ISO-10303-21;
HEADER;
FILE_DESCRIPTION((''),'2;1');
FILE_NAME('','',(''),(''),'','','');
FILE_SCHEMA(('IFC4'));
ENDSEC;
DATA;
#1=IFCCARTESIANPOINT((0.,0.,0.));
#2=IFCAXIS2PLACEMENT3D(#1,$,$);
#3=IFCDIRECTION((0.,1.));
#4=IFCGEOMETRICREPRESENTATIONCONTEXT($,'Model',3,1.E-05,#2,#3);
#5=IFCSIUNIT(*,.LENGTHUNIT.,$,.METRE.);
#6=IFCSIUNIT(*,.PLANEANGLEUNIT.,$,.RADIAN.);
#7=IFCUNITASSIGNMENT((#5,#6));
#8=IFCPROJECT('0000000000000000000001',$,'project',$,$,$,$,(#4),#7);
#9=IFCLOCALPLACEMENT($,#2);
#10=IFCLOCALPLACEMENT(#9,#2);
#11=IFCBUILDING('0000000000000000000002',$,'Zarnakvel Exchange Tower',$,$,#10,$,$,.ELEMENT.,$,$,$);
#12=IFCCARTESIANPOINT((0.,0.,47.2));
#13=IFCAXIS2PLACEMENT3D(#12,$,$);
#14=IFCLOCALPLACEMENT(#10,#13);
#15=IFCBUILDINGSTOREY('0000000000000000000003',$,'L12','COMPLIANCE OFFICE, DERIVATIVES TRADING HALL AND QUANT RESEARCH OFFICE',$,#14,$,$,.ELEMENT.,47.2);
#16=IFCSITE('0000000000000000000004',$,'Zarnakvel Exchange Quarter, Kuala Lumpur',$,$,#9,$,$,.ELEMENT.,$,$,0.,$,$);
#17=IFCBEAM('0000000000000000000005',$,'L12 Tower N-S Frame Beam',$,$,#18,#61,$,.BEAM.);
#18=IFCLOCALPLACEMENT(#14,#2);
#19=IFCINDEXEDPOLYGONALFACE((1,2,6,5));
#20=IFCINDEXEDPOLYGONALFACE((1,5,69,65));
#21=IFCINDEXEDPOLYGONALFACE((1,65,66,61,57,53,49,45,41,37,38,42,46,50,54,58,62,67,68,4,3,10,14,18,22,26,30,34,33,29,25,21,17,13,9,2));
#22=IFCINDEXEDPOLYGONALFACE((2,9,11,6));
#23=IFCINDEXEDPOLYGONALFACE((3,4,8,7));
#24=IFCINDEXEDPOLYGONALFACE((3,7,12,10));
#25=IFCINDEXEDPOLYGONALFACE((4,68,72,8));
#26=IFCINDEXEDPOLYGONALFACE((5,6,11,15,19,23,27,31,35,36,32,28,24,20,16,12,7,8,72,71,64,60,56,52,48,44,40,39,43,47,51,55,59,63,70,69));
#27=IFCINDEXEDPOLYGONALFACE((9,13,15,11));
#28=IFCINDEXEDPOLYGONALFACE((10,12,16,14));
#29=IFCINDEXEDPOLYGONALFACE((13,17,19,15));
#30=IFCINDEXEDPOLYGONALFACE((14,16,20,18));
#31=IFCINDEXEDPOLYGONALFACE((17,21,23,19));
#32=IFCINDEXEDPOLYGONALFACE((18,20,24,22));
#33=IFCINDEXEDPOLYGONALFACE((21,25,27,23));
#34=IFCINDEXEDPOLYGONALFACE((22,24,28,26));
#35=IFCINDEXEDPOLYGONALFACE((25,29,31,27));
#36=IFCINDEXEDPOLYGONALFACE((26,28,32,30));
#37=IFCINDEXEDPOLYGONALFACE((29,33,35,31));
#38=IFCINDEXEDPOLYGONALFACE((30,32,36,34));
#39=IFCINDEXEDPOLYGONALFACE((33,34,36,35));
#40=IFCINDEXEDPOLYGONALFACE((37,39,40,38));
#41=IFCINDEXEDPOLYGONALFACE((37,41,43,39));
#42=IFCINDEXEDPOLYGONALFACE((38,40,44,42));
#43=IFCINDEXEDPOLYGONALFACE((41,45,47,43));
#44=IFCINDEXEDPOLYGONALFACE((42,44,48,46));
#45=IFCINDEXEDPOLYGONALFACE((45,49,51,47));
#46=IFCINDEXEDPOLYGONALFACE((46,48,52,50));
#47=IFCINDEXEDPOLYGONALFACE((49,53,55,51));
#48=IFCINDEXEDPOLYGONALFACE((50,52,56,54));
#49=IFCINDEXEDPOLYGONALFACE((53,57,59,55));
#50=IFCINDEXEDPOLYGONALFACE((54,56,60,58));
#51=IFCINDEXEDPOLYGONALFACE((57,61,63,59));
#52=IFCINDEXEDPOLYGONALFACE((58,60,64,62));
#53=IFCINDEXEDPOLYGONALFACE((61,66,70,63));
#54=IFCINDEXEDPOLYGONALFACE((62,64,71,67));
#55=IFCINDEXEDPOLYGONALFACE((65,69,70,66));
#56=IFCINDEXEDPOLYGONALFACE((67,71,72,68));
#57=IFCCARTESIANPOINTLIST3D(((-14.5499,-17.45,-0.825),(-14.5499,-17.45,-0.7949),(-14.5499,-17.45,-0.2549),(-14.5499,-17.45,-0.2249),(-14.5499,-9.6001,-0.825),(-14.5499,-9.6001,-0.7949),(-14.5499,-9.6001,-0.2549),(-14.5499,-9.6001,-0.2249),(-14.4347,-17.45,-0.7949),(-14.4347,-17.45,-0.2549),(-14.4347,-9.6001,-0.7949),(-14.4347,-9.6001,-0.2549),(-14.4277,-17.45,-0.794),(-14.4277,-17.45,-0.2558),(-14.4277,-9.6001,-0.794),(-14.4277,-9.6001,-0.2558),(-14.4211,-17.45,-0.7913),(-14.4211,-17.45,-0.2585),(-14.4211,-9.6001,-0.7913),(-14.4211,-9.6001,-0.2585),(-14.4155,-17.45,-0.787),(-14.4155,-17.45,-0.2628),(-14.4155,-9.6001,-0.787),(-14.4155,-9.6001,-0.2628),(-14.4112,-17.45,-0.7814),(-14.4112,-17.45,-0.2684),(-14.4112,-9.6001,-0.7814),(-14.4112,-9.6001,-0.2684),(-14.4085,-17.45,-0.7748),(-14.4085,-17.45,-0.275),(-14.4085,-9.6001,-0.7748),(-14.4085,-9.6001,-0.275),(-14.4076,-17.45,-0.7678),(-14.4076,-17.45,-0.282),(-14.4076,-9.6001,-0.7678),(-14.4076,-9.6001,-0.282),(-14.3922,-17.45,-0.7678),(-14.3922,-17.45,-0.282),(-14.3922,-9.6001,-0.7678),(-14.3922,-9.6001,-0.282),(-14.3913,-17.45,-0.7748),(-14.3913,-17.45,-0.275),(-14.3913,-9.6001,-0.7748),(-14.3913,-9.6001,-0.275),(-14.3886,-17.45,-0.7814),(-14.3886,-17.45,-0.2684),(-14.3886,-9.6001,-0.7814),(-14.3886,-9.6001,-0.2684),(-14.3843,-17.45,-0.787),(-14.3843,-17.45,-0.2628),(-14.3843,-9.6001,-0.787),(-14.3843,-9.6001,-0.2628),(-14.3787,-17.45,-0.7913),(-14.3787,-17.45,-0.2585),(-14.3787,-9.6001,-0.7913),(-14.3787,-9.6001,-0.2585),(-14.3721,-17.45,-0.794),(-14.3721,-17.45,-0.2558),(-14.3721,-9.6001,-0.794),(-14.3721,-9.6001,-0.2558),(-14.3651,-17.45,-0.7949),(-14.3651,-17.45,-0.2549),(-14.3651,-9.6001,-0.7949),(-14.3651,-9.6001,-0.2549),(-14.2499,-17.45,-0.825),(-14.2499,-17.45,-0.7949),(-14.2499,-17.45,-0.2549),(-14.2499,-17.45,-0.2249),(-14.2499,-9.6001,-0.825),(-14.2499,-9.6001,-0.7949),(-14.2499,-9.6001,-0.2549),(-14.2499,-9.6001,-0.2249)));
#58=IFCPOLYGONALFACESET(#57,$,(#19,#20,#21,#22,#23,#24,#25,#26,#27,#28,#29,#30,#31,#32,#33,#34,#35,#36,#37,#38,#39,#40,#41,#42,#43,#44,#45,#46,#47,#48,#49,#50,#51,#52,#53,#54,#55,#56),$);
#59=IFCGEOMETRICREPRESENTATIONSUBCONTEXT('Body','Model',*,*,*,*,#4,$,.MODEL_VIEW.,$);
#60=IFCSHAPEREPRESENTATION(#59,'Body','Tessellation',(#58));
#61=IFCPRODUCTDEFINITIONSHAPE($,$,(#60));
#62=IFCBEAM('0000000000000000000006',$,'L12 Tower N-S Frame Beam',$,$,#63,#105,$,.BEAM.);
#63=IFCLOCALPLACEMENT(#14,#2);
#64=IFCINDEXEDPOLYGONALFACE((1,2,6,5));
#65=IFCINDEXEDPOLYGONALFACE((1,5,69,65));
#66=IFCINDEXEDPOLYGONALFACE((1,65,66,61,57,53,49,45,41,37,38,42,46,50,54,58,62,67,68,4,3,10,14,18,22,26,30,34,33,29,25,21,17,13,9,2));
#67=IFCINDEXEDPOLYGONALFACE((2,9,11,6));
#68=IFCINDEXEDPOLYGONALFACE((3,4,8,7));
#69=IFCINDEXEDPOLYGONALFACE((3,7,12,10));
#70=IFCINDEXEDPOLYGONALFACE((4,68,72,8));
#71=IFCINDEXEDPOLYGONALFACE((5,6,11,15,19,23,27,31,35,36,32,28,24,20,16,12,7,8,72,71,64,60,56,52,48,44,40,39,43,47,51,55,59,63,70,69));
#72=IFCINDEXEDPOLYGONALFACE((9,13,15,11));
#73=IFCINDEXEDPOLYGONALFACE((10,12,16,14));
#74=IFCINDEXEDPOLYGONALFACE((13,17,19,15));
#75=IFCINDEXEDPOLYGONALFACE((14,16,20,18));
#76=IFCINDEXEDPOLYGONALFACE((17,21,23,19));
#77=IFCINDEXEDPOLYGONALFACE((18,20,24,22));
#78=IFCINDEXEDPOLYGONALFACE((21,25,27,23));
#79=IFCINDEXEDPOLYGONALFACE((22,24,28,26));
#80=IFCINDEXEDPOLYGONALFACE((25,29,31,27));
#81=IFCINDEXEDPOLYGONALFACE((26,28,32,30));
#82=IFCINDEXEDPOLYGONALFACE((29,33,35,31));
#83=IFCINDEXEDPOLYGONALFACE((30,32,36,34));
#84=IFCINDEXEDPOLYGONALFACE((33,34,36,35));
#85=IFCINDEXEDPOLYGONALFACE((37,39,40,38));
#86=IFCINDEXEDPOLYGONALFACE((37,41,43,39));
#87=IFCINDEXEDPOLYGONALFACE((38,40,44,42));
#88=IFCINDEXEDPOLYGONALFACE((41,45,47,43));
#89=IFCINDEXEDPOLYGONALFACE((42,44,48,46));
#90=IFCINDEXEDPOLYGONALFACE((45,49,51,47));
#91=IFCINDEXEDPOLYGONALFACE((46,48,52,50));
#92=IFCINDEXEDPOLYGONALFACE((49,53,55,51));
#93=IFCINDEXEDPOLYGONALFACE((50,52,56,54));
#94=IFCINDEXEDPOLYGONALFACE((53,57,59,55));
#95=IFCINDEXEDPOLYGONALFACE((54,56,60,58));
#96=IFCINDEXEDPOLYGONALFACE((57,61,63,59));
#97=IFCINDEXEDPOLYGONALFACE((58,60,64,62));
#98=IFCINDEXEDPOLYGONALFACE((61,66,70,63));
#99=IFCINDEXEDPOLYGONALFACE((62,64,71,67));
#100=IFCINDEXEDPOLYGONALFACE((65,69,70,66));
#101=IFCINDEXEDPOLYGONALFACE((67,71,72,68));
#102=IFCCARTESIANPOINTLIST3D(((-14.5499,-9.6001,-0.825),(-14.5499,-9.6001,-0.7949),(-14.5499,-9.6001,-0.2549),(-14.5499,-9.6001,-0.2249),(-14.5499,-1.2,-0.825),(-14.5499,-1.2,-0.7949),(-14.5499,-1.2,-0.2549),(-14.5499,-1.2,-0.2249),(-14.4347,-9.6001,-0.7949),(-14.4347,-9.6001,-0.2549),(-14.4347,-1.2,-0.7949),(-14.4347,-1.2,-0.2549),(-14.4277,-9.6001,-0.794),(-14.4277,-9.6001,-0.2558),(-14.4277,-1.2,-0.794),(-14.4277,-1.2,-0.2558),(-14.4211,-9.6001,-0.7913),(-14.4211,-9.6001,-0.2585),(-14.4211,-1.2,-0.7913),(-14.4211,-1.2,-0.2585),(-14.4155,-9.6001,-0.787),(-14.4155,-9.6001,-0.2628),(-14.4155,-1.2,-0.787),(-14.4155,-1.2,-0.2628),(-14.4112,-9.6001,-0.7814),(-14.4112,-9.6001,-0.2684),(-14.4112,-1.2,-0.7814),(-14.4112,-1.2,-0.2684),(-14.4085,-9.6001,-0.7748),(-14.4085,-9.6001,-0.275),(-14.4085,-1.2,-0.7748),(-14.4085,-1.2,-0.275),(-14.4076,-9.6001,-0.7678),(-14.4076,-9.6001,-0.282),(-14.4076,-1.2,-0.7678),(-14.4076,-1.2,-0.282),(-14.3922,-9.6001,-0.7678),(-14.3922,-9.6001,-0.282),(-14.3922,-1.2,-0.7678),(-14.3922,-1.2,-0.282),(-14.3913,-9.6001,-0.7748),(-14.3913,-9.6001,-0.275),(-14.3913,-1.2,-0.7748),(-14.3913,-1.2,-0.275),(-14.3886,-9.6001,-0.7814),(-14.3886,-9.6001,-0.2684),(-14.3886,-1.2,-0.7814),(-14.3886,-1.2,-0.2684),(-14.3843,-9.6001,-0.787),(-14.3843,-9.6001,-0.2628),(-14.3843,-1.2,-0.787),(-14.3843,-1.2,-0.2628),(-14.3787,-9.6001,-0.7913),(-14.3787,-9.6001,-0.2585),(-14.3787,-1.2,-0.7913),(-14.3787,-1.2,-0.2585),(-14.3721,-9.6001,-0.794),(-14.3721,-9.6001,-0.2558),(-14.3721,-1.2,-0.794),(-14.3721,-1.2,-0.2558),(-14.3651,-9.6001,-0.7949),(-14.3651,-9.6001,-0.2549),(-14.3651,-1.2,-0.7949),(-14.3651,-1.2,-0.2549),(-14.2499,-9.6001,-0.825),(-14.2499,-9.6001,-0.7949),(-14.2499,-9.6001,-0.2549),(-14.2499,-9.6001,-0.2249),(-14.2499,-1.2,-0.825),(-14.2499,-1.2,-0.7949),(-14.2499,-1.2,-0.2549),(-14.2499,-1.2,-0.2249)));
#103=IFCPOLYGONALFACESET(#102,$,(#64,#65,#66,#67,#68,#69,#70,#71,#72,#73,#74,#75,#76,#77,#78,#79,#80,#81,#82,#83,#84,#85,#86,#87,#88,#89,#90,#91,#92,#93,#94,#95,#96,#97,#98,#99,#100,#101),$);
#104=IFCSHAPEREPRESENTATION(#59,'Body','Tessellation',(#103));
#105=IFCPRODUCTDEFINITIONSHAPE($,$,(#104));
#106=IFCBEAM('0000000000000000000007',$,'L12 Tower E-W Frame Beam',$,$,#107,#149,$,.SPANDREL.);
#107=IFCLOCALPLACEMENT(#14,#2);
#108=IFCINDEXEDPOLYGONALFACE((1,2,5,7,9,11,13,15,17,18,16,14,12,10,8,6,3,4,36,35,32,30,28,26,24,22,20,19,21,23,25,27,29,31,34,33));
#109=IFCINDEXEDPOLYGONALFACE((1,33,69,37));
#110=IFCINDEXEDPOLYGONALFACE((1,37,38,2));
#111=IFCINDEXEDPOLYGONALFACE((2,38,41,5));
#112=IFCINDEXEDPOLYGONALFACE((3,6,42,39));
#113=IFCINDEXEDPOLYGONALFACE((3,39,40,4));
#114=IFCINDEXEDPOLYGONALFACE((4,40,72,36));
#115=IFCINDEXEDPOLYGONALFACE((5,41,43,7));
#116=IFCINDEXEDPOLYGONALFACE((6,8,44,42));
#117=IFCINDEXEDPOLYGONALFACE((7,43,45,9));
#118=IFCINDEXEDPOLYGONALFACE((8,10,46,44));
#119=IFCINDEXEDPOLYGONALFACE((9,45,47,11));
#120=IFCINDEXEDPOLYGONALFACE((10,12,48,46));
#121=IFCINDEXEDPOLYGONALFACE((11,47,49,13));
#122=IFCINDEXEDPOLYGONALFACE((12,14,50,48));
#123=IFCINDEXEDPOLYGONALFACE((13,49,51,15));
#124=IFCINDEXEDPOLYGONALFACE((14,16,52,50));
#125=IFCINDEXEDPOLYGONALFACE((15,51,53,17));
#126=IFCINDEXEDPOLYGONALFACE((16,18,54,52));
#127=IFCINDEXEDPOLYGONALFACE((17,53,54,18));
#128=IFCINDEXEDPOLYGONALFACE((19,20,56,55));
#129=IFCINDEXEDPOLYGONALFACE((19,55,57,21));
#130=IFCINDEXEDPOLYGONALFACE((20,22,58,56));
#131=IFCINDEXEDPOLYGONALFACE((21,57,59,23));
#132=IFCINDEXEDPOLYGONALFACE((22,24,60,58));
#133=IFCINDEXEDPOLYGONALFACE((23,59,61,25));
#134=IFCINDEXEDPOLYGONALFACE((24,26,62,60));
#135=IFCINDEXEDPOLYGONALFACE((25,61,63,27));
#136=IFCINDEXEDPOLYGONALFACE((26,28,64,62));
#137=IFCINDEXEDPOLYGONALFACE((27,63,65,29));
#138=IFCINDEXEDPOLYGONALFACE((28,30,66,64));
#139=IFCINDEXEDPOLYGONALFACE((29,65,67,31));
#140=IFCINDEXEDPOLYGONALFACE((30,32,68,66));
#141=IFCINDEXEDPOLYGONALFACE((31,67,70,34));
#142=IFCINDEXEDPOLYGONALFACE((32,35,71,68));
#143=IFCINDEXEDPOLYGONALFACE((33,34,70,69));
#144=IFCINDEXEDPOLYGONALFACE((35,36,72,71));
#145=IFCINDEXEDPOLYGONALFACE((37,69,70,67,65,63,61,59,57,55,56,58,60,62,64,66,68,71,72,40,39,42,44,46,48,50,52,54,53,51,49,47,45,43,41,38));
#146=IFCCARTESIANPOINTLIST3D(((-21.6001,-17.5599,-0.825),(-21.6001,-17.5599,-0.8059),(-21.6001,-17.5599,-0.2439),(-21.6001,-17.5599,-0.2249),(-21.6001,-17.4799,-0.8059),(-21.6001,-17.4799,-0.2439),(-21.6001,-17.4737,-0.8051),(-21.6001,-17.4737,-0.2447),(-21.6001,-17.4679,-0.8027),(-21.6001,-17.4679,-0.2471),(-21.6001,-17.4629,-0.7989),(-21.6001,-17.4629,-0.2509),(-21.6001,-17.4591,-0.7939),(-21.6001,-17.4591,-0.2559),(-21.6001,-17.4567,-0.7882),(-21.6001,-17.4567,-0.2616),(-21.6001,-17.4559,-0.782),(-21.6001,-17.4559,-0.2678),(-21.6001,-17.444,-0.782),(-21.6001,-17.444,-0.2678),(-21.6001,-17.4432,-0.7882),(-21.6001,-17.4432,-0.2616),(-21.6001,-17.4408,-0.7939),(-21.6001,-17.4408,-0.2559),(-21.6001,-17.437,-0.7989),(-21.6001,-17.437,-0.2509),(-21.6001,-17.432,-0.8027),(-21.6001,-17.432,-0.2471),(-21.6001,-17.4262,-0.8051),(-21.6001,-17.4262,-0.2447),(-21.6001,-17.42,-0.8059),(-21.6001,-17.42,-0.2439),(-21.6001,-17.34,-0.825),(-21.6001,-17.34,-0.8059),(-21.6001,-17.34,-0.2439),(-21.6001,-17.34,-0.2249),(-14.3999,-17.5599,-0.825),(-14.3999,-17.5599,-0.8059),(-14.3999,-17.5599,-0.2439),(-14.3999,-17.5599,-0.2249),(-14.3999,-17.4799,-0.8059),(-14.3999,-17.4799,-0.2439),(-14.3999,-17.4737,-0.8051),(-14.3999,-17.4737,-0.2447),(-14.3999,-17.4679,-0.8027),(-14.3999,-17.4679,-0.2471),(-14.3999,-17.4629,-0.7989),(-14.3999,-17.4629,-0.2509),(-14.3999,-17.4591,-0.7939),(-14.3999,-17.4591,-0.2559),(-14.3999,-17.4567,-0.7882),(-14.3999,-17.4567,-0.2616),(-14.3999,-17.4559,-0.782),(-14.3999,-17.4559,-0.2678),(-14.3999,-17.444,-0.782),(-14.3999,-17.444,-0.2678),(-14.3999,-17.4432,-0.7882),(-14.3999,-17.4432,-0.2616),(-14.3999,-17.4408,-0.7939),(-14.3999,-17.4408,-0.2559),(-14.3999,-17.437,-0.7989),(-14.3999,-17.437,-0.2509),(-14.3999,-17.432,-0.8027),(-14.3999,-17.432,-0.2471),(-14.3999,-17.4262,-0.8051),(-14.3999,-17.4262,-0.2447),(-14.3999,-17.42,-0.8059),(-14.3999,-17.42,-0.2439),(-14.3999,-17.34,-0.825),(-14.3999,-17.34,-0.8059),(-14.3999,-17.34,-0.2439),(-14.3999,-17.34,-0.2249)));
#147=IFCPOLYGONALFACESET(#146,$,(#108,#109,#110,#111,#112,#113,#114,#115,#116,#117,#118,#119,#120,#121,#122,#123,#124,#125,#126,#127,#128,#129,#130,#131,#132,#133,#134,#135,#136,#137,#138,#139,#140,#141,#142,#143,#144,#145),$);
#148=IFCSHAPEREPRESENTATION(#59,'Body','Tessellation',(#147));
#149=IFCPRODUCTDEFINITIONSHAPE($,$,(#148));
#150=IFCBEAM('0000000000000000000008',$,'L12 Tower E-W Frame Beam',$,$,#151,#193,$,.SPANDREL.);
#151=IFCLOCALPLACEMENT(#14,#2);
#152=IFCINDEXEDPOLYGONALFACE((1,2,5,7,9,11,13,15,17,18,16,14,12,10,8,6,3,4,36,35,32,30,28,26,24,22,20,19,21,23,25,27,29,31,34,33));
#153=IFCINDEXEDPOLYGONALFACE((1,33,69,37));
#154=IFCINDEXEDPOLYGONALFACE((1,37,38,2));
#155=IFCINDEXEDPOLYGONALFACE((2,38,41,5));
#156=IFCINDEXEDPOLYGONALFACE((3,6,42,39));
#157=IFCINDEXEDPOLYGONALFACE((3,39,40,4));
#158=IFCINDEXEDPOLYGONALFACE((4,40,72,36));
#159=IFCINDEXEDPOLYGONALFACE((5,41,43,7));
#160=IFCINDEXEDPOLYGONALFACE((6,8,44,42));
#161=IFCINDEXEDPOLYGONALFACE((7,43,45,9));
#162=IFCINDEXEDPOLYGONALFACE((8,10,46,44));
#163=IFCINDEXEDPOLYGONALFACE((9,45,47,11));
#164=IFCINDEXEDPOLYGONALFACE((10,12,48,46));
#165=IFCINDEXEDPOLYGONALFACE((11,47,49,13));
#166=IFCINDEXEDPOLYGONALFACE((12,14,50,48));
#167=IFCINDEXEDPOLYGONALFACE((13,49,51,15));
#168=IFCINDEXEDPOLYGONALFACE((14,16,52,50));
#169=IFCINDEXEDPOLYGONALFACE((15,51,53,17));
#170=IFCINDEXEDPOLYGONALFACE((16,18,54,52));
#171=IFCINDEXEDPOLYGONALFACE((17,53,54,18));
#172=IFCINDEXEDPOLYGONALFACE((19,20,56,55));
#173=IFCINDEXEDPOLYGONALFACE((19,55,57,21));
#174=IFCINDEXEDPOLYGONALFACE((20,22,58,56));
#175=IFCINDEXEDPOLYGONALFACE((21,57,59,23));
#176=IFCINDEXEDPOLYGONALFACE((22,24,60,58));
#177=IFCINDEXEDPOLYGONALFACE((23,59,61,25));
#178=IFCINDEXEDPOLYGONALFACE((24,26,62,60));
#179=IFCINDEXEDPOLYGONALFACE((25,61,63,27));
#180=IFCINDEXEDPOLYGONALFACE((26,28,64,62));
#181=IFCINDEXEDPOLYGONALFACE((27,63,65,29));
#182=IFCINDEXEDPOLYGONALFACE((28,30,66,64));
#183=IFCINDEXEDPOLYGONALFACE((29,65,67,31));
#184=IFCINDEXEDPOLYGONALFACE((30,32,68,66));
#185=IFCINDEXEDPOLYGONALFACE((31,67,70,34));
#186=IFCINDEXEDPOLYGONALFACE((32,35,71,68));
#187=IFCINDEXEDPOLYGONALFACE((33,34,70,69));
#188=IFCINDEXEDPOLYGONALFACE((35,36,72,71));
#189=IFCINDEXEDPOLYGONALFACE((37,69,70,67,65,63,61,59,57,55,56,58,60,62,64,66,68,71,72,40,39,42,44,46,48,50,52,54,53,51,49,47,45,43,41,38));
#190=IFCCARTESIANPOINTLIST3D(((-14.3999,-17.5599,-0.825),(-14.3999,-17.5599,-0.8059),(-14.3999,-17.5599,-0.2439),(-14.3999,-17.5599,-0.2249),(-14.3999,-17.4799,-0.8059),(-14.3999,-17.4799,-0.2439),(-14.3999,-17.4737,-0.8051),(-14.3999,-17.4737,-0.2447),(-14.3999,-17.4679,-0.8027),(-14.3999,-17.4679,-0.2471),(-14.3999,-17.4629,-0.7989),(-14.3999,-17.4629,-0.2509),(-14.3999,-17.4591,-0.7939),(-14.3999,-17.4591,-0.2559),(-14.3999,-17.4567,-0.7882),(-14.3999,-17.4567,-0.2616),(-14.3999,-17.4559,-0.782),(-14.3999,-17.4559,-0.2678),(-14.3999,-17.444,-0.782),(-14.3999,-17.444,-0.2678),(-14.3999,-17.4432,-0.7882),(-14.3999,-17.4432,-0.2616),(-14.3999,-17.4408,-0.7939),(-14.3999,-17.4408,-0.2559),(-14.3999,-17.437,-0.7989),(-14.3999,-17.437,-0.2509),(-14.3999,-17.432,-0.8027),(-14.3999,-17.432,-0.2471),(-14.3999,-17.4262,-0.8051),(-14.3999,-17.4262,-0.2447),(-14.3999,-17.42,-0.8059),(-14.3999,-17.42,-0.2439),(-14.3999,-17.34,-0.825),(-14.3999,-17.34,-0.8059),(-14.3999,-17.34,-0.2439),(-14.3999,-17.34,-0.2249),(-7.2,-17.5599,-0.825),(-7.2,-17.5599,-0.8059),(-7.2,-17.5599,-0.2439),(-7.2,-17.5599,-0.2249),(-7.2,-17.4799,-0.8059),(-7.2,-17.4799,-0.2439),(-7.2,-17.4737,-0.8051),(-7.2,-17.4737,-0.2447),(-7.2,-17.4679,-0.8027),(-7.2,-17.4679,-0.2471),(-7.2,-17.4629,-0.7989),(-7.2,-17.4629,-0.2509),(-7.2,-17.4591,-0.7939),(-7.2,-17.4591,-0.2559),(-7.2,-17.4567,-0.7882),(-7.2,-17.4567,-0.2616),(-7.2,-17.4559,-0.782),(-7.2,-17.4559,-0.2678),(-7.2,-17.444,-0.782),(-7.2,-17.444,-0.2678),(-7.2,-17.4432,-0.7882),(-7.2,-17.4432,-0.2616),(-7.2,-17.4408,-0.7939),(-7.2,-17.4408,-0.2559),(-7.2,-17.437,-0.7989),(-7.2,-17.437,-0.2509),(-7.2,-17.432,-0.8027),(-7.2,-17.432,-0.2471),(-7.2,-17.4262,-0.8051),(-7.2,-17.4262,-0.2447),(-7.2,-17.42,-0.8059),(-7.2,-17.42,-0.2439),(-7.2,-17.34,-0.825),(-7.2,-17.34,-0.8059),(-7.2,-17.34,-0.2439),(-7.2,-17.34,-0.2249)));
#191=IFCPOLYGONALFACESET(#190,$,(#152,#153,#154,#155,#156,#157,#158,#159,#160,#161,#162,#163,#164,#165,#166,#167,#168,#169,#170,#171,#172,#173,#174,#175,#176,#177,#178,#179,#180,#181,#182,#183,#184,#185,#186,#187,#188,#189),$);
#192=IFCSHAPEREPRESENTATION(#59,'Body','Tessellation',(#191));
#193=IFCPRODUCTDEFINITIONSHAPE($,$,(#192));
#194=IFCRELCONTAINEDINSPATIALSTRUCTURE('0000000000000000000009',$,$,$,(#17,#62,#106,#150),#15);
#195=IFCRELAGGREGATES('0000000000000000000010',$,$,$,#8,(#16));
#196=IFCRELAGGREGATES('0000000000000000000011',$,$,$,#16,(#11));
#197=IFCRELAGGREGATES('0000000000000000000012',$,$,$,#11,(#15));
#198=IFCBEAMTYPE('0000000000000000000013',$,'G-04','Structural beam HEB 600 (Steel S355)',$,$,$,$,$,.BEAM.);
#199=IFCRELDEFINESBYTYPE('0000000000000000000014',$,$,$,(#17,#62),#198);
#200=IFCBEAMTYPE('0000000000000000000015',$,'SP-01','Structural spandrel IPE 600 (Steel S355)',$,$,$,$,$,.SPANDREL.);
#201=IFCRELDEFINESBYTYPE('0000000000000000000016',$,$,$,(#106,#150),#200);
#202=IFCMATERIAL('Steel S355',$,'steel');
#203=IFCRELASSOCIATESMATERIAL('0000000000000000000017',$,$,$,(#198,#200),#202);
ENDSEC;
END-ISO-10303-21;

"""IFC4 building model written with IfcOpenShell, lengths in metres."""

from ifc_helpers import new_model, si_unit, direction, frame, origin, origin_2d, place, context, subcontext, project, spatial, i_section, extrude, material, material_profile, profile_set, type_object, element, save


model = new_model("IFC4")

# Units and contexts
model_context = context("Model", 3, precision=1e-05, world=origin(), true_north=direction((0.0, 1.0)))
body_context = subcontext(model_context, "Body", "Model", "MODEL_VIEW")
ifc_project = project(units=[si_unit("LENGTHUNIT", "METRE"), si_unit("PLANEANGLEUNIT", "RADIAN")], contexts=[model_context])

# Site, building, storey
site_placement = place(None, origin())
site = spatial("IfcSite", under=ifc_project, at=site_placement, Name="Zarnakvel Exchange Quarter, Kuala Lumpur", CompositionType="ELEMENT", RefElevation=0.0)
building_placement = place(site_placement, origin())
building = spatial("IfcBuilding", under=site, at=building_placement, Name="Zarnakvel Exchange Tower", CompositionType="ELEMENT")
storey_placement = place(building_placement, frame((0.0, 0.0, 47.2)))
storey = spatial("IfcBuildingStorey", under=building, at=storey_placement, Name="L12", Description="COMPLIANCE OFFICE, DERIVATIVES TRADING HALL AND QUANT RESEARCH OFFICE", CompositionType="ELEMENT", Elevation=47.2)

# Beams
ifc_material_1 = material(Name="Steel S355", Category="steel")
ifc_material_profile_1 = material_profile(ifc_material_1, i_section(OverallWidth=0.3, OverallDepth=0.6001, WebThickness=0.0154, FlangeThickness=0.03, FilletRadius=0.0271, at=origin_2d()))
ifc_profile_set_1 = profile_set([ifc_material_profile_1], Name="Steel S355")
beam_type_1 = type_object("IfcBeamType", Name="G-04", Description="Structural beam HEB 600 (Steel S355)", PredefinedType="BEAM", material=ifc_profile_set_1)
beam_1_placement = place(storey_placement, frame((-14.3999, -17.45, -0.5249), z_axis=(0.0, 1.0, 0.0), x_axis=(-1.0, 0.0, 0.0)))
element("IfcBeam", 1, at=beam_1_placement, inside=storey, type_object=beam_type_1, Name="L12 Tower N-S Frame Beam", PredefinedType="BEAM", context=body_context, shape_type="SweptSolid", body=[
    extrude(i_section(OverallWidth=0.3, OverallDepth=0.6001, WebThickness=0.0154, FlangeThickness=0.03, FilletRadius=0.0271, at=origin_2d()), origin(), (0.0, 0.0, 1.0), 7.8499),
])
beam_2_placement = place(storey_placement, frame((-14.3999, -9.6001, -0.5249), z_axis=(0.0, 1.0, 0.0), x_axis=(-1.0, 0.0, 0.0)))
element("IfcBeam", 2, at=beam_2_placement, inside=storey, type_object=beam_type_1, Name="L12 Tower N-S Frame Beam", PredefinedType="BEAM", context=body_context, shape_type="SweptSolid", body=[
    extrude(i_section(OverallWidth=0.3, OverallDepth=0.6001, WebThickness=0.0154, FlangeThickness=0.03, FilletRadius=0.0271, at=origin_2d()), origin(), (0.0, 0.0, 1.0), 8.4001),
])
ifc_material_profile_2 = material_profile(ifc_material_1, i_section(OverallWidth=0.22, OverallDepth=0.6001, WebThickness=0.012, FlangeThickness=0.019, FilletRadius=0.0239, at=origin_2d()))
ifc_profile_set_2 = profile_set([ifc_material_profile_2], Name="Steel S355")
beam_type_2 = type_object("IfcBeamType", Name="SP-01", Description="Structural spandrel IPE 600 (Steel S355)", PredefinedType="SPANDREL", material=ifc_profile_set_2)
beam_3_placement = place(storey_placement, frame((-21.6001, -17.45, -0.5249), z_axis=(1.0, 0.0, 0.0), x_axis=(0.0, 1.0, 0.0)))
element("IfcBeam", 3, at=beam_3_placement, inside=storey, type_object=beam_type_2, Name="L12 Tower E-W Frame Beam", PredefinedType="SPANDREL", context=body_context, shape_type="SweptSolid", body=[
    extrude(i_section(OverallWidth=0.22, OverallDepth=0.6001, WebThickness=0.012, FlangeThickness=0.019, FilletRadius=0.0239, at=origin_2d()), origin(), (0.0, 0.0, 1.0), 7.2002),
])
beam_4_placement = place(storey_placement, frame((-14.3999, -17.45, -0.5249), z_axis=(1.0, 0.0, 0.0), x_axis=(0.0, 1.0, 0.0)))
element("IfcBeam", 4, at=beam_4_placement, inside=storey, type_object=beam_type_2, Name="L12 Tower E-W Frame Beam", PredefinedType="SPANDREL", context=body_context, shape_type="SweptSolid", body=[
    extrude(i_section(OverallWidth=0.22, OverallDepth=0.6001, WebThickness=0.012, FlangeThickness=0.019, FilletRadius=0.0239, at=origin_2d()), origin(), (0.0, 0.0, 1.0), 7.2),
])

save(model, "model.ifc")
